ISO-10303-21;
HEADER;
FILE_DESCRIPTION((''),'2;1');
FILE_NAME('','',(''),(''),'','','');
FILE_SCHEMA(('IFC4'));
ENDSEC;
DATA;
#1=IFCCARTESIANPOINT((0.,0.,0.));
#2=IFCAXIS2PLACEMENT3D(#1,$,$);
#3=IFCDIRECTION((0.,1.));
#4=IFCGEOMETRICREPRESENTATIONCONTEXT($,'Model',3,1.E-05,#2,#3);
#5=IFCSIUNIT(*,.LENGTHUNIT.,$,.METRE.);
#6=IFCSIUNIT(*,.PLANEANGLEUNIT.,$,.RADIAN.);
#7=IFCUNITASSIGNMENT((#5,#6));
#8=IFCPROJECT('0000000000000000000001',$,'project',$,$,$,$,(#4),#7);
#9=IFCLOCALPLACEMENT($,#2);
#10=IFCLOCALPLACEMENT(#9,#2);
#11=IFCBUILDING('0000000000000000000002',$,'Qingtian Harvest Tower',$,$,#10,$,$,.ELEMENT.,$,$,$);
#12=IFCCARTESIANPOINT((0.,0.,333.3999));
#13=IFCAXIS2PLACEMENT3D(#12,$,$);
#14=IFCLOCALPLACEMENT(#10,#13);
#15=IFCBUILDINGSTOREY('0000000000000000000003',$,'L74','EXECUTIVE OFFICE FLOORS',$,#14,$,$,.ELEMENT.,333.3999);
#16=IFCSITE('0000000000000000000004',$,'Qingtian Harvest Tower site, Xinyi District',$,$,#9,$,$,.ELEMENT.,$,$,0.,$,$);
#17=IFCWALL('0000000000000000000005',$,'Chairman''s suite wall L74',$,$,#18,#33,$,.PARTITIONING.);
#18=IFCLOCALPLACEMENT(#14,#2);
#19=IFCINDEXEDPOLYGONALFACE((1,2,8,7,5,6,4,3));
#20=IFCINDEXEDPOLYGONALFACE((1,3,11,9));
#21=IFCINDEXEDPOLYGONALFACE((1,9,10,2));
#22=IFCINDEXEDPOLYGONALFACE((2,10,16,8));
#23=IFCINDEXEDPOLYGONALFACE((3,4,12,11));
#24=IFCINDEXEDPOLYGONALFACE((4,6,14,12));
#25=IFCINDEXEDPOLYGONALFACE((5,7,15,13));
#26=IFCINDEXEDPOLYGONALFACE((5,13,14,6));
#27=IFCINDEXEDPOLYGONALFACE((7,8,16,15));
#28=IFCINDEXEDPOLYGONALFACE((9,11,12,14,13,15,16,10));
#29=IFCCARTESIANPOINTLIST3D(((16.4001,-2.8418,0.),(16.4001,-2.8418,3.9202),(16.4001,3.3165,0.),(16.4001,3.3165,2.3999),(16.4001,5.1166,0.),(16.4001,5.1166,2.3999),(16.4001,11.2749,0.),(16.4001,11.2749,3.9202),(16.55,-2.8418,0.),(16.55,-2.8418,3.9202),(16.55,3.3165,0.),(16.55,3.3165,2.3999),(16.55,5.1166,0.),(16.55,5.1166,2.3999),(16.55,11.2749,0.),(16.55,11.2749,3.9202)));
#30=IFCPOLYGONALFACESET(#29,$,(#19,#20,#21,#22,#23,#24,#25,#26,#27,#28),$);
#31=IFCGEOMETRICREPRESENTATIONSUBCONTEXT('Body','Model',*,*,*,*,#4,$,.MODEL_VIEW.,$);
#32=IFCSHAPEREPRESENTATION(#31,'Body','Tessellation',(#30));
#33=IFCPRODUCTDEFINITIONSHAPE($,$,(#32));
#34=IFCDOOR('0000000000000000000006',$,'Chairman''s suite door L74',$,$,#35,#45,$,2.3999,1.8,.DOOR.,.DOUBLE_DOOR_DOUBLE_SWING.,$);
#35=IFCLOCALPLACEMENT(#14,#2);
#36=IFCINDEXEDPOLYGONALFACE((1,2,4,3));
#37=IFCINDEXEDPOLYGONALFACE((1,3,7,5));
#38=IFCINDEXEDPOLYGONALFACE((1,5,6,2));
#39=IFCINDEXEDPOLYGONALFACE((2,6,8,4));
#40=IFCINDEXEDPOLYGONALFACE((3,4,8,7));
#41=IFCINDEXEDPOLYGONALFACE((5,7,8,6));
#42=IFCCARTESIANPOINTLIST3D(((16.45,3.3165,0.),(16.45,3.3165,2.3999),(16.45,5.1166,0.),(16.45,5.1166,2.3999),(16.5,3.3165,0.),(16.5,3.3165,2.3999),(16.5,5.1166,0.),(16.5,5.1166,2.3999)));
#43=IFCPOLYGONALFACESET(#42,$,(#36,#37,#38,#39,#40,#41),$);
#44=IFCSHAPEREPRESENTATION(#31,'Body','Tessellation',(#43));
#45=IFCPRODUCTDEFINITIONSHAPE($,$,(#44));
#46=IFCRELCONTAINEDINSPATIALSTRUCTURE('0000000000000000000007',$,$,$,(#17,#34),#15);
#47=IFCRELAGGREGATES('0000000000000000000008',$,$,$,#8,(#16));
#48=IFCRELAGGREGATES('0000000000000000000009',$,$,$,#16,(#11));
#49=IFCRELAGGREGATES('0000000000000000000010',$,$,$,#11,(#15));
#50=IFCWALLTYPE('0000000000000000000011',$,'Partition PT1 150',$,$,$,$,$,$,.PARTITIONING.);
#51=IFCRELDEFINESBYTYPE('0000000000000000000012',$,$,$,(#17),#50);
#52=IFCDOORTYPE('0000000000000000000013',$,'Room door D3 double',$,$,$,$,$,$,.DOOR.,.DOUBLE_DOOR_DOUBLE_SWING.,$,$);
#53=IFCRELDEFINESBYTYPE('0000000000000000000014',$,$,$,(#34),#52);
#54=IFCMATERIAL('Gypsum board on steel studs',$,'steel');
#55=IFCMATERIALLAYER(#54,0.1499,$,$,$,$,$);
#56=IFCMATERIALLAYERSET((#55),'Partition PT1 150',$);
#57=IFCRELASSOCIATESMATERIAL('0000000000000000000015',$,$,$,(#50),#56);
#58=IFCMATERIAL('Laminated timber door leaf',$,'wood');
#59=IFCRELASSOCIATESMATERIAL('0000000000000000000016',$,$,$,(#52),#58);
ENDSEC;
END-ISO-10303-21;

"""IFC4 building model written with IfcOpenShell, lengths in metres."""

from ifc_helpers import new_model, si_unit, direction, frame, frame_2d, origin, place, context, subcontext, project, spatial, rectangle, extrude, material, layer, layer_set, type_object, element, fill, save


model = new_model("IFC4")

# Units and contexts
model_context = context("Model", 3, precision=1e-05, world=origin(), true_north=direction((0.0, 1.0)))
body_context = subcontext(model_context, "Body", "Model", "MODEL_VIEW")
ifc_project = project(units=[si_unit("LENGTHUNIT", "METRE"), si_unit("PLANEANGLEUNIT", "RADIAN")], contexts=[model_context])

# Site, building, storey
site_placement = place(None, origin())
site = spatial("IfcSite", under=ifc_project, at=site_placement, Name="Qingtian Harvest Tower site, Xinyi District", CompositionType="ELEMENT", RefElevation=0.0)
building_placement = place(site_placement, origin())
building = spatial("IfcBuilding", under=site, at=building_placement, Name="Qingtian Harvest Tower", CompositionType="ELEMENT")
storey_placement = place(building_placement, frame((0.0, 0.0, 333.3999)))
storey = spatial("IfcBuildingStorey", under=building, at=storey_placement, Name="L74", Description="EXECUTIVE OFFICE FLOORS", CompositionType="ELEMENT", Elevation=333.3999)

# Shared definitions
ifc_material_1 = material(Name="Gypsum board on steel studs", Category="steel")
ifc_layer_1 = layer(ifc_material_1, 0.1499)
ifc_layer_set_1 = layer_set([ifc_layer_1], Name="Partition PT1 150")
wall_type = type_object("IfcWallType", Name="Partition PT1 150", PredefinedType="PARTITIONING", material=ifc_layer_set_1)

# Wall, opening, door
wall_1_placement = place(storey_placement, frame((16.4751, 11.2749, 0.0), z_axis=(0.0, 0.0, 1.0), x_axis=(0.0, -1.0, 0.0)))
wall_1 = element("IfcWall", 1, at=wall_1_placement, inside=storey, type_object=wall_type, Name="Chairman's suite wall L74", PredefinedType="PARTITIONING", context=body_context, shape_type="SweptSolid", body=[
    extrude(rectangle(XDim=14.1167, YDim=0.1499, at=frame_2d((7.0583, 0.0))), origin(), (0.0, 0.0, 1.0), 3.9202),
])
opening_placement = place(wall_1_placement, frame((6.1584, 0.0, 0.0)))
opening = element("IfcOpeningElement", 2, at=opening_placement, cuts=wall_1, PredefinedType="OPENING", context=body_context, shape_type="SweptSolid", body=[
    extrude(rectangle(XDim=1.8, YDim=2.3999, at=frame_2d((0.8999, 1.2))), frame((0.0, 0.085, 0.0), z_axis=(0.0, -1.0, 0.0), x_axis=(1.0, 0.0, 0.0)), (0.0, 0.0, 1.0), 0.1699),
])
ifc_material_2 = material(Name="Laminated timber door leaf", Category="wood")
door_type = type_object("IfcDoorType", Name="Room door D3 double", OperationType="DOUBLE_DOOR_DOUBLE_SWING", PredefinedType="DOOR", material=ifc_material_2)
door_placement = place(opening_placement, origin())
door = element("IfcDoor", 3, at=door_placement, inside=storey, type_object=door_type, Name="Chairman's suite door L74", OperationType="DOUBLE_DOOR_DOUBLE_SWING", OverallHeight=2.3999, OverallWidth=1.8, PredefinedType="DOOR", context=body_context, shape_type="SweptSolid", body=[
    extrude(rectangle(XDim=1.8, YDim=2.3999, at=frame_2d((0.8999, 1.2))), frame((0.0, 0.0249, 0.0), z_axis=(0.0, -1.0, 0.0), x_axis=(1.0, 0.0, 0.0)), (0.0, 0.0, 1.0), 0.05),
])
fill(opening, door)

save(model, "model.ifc")
